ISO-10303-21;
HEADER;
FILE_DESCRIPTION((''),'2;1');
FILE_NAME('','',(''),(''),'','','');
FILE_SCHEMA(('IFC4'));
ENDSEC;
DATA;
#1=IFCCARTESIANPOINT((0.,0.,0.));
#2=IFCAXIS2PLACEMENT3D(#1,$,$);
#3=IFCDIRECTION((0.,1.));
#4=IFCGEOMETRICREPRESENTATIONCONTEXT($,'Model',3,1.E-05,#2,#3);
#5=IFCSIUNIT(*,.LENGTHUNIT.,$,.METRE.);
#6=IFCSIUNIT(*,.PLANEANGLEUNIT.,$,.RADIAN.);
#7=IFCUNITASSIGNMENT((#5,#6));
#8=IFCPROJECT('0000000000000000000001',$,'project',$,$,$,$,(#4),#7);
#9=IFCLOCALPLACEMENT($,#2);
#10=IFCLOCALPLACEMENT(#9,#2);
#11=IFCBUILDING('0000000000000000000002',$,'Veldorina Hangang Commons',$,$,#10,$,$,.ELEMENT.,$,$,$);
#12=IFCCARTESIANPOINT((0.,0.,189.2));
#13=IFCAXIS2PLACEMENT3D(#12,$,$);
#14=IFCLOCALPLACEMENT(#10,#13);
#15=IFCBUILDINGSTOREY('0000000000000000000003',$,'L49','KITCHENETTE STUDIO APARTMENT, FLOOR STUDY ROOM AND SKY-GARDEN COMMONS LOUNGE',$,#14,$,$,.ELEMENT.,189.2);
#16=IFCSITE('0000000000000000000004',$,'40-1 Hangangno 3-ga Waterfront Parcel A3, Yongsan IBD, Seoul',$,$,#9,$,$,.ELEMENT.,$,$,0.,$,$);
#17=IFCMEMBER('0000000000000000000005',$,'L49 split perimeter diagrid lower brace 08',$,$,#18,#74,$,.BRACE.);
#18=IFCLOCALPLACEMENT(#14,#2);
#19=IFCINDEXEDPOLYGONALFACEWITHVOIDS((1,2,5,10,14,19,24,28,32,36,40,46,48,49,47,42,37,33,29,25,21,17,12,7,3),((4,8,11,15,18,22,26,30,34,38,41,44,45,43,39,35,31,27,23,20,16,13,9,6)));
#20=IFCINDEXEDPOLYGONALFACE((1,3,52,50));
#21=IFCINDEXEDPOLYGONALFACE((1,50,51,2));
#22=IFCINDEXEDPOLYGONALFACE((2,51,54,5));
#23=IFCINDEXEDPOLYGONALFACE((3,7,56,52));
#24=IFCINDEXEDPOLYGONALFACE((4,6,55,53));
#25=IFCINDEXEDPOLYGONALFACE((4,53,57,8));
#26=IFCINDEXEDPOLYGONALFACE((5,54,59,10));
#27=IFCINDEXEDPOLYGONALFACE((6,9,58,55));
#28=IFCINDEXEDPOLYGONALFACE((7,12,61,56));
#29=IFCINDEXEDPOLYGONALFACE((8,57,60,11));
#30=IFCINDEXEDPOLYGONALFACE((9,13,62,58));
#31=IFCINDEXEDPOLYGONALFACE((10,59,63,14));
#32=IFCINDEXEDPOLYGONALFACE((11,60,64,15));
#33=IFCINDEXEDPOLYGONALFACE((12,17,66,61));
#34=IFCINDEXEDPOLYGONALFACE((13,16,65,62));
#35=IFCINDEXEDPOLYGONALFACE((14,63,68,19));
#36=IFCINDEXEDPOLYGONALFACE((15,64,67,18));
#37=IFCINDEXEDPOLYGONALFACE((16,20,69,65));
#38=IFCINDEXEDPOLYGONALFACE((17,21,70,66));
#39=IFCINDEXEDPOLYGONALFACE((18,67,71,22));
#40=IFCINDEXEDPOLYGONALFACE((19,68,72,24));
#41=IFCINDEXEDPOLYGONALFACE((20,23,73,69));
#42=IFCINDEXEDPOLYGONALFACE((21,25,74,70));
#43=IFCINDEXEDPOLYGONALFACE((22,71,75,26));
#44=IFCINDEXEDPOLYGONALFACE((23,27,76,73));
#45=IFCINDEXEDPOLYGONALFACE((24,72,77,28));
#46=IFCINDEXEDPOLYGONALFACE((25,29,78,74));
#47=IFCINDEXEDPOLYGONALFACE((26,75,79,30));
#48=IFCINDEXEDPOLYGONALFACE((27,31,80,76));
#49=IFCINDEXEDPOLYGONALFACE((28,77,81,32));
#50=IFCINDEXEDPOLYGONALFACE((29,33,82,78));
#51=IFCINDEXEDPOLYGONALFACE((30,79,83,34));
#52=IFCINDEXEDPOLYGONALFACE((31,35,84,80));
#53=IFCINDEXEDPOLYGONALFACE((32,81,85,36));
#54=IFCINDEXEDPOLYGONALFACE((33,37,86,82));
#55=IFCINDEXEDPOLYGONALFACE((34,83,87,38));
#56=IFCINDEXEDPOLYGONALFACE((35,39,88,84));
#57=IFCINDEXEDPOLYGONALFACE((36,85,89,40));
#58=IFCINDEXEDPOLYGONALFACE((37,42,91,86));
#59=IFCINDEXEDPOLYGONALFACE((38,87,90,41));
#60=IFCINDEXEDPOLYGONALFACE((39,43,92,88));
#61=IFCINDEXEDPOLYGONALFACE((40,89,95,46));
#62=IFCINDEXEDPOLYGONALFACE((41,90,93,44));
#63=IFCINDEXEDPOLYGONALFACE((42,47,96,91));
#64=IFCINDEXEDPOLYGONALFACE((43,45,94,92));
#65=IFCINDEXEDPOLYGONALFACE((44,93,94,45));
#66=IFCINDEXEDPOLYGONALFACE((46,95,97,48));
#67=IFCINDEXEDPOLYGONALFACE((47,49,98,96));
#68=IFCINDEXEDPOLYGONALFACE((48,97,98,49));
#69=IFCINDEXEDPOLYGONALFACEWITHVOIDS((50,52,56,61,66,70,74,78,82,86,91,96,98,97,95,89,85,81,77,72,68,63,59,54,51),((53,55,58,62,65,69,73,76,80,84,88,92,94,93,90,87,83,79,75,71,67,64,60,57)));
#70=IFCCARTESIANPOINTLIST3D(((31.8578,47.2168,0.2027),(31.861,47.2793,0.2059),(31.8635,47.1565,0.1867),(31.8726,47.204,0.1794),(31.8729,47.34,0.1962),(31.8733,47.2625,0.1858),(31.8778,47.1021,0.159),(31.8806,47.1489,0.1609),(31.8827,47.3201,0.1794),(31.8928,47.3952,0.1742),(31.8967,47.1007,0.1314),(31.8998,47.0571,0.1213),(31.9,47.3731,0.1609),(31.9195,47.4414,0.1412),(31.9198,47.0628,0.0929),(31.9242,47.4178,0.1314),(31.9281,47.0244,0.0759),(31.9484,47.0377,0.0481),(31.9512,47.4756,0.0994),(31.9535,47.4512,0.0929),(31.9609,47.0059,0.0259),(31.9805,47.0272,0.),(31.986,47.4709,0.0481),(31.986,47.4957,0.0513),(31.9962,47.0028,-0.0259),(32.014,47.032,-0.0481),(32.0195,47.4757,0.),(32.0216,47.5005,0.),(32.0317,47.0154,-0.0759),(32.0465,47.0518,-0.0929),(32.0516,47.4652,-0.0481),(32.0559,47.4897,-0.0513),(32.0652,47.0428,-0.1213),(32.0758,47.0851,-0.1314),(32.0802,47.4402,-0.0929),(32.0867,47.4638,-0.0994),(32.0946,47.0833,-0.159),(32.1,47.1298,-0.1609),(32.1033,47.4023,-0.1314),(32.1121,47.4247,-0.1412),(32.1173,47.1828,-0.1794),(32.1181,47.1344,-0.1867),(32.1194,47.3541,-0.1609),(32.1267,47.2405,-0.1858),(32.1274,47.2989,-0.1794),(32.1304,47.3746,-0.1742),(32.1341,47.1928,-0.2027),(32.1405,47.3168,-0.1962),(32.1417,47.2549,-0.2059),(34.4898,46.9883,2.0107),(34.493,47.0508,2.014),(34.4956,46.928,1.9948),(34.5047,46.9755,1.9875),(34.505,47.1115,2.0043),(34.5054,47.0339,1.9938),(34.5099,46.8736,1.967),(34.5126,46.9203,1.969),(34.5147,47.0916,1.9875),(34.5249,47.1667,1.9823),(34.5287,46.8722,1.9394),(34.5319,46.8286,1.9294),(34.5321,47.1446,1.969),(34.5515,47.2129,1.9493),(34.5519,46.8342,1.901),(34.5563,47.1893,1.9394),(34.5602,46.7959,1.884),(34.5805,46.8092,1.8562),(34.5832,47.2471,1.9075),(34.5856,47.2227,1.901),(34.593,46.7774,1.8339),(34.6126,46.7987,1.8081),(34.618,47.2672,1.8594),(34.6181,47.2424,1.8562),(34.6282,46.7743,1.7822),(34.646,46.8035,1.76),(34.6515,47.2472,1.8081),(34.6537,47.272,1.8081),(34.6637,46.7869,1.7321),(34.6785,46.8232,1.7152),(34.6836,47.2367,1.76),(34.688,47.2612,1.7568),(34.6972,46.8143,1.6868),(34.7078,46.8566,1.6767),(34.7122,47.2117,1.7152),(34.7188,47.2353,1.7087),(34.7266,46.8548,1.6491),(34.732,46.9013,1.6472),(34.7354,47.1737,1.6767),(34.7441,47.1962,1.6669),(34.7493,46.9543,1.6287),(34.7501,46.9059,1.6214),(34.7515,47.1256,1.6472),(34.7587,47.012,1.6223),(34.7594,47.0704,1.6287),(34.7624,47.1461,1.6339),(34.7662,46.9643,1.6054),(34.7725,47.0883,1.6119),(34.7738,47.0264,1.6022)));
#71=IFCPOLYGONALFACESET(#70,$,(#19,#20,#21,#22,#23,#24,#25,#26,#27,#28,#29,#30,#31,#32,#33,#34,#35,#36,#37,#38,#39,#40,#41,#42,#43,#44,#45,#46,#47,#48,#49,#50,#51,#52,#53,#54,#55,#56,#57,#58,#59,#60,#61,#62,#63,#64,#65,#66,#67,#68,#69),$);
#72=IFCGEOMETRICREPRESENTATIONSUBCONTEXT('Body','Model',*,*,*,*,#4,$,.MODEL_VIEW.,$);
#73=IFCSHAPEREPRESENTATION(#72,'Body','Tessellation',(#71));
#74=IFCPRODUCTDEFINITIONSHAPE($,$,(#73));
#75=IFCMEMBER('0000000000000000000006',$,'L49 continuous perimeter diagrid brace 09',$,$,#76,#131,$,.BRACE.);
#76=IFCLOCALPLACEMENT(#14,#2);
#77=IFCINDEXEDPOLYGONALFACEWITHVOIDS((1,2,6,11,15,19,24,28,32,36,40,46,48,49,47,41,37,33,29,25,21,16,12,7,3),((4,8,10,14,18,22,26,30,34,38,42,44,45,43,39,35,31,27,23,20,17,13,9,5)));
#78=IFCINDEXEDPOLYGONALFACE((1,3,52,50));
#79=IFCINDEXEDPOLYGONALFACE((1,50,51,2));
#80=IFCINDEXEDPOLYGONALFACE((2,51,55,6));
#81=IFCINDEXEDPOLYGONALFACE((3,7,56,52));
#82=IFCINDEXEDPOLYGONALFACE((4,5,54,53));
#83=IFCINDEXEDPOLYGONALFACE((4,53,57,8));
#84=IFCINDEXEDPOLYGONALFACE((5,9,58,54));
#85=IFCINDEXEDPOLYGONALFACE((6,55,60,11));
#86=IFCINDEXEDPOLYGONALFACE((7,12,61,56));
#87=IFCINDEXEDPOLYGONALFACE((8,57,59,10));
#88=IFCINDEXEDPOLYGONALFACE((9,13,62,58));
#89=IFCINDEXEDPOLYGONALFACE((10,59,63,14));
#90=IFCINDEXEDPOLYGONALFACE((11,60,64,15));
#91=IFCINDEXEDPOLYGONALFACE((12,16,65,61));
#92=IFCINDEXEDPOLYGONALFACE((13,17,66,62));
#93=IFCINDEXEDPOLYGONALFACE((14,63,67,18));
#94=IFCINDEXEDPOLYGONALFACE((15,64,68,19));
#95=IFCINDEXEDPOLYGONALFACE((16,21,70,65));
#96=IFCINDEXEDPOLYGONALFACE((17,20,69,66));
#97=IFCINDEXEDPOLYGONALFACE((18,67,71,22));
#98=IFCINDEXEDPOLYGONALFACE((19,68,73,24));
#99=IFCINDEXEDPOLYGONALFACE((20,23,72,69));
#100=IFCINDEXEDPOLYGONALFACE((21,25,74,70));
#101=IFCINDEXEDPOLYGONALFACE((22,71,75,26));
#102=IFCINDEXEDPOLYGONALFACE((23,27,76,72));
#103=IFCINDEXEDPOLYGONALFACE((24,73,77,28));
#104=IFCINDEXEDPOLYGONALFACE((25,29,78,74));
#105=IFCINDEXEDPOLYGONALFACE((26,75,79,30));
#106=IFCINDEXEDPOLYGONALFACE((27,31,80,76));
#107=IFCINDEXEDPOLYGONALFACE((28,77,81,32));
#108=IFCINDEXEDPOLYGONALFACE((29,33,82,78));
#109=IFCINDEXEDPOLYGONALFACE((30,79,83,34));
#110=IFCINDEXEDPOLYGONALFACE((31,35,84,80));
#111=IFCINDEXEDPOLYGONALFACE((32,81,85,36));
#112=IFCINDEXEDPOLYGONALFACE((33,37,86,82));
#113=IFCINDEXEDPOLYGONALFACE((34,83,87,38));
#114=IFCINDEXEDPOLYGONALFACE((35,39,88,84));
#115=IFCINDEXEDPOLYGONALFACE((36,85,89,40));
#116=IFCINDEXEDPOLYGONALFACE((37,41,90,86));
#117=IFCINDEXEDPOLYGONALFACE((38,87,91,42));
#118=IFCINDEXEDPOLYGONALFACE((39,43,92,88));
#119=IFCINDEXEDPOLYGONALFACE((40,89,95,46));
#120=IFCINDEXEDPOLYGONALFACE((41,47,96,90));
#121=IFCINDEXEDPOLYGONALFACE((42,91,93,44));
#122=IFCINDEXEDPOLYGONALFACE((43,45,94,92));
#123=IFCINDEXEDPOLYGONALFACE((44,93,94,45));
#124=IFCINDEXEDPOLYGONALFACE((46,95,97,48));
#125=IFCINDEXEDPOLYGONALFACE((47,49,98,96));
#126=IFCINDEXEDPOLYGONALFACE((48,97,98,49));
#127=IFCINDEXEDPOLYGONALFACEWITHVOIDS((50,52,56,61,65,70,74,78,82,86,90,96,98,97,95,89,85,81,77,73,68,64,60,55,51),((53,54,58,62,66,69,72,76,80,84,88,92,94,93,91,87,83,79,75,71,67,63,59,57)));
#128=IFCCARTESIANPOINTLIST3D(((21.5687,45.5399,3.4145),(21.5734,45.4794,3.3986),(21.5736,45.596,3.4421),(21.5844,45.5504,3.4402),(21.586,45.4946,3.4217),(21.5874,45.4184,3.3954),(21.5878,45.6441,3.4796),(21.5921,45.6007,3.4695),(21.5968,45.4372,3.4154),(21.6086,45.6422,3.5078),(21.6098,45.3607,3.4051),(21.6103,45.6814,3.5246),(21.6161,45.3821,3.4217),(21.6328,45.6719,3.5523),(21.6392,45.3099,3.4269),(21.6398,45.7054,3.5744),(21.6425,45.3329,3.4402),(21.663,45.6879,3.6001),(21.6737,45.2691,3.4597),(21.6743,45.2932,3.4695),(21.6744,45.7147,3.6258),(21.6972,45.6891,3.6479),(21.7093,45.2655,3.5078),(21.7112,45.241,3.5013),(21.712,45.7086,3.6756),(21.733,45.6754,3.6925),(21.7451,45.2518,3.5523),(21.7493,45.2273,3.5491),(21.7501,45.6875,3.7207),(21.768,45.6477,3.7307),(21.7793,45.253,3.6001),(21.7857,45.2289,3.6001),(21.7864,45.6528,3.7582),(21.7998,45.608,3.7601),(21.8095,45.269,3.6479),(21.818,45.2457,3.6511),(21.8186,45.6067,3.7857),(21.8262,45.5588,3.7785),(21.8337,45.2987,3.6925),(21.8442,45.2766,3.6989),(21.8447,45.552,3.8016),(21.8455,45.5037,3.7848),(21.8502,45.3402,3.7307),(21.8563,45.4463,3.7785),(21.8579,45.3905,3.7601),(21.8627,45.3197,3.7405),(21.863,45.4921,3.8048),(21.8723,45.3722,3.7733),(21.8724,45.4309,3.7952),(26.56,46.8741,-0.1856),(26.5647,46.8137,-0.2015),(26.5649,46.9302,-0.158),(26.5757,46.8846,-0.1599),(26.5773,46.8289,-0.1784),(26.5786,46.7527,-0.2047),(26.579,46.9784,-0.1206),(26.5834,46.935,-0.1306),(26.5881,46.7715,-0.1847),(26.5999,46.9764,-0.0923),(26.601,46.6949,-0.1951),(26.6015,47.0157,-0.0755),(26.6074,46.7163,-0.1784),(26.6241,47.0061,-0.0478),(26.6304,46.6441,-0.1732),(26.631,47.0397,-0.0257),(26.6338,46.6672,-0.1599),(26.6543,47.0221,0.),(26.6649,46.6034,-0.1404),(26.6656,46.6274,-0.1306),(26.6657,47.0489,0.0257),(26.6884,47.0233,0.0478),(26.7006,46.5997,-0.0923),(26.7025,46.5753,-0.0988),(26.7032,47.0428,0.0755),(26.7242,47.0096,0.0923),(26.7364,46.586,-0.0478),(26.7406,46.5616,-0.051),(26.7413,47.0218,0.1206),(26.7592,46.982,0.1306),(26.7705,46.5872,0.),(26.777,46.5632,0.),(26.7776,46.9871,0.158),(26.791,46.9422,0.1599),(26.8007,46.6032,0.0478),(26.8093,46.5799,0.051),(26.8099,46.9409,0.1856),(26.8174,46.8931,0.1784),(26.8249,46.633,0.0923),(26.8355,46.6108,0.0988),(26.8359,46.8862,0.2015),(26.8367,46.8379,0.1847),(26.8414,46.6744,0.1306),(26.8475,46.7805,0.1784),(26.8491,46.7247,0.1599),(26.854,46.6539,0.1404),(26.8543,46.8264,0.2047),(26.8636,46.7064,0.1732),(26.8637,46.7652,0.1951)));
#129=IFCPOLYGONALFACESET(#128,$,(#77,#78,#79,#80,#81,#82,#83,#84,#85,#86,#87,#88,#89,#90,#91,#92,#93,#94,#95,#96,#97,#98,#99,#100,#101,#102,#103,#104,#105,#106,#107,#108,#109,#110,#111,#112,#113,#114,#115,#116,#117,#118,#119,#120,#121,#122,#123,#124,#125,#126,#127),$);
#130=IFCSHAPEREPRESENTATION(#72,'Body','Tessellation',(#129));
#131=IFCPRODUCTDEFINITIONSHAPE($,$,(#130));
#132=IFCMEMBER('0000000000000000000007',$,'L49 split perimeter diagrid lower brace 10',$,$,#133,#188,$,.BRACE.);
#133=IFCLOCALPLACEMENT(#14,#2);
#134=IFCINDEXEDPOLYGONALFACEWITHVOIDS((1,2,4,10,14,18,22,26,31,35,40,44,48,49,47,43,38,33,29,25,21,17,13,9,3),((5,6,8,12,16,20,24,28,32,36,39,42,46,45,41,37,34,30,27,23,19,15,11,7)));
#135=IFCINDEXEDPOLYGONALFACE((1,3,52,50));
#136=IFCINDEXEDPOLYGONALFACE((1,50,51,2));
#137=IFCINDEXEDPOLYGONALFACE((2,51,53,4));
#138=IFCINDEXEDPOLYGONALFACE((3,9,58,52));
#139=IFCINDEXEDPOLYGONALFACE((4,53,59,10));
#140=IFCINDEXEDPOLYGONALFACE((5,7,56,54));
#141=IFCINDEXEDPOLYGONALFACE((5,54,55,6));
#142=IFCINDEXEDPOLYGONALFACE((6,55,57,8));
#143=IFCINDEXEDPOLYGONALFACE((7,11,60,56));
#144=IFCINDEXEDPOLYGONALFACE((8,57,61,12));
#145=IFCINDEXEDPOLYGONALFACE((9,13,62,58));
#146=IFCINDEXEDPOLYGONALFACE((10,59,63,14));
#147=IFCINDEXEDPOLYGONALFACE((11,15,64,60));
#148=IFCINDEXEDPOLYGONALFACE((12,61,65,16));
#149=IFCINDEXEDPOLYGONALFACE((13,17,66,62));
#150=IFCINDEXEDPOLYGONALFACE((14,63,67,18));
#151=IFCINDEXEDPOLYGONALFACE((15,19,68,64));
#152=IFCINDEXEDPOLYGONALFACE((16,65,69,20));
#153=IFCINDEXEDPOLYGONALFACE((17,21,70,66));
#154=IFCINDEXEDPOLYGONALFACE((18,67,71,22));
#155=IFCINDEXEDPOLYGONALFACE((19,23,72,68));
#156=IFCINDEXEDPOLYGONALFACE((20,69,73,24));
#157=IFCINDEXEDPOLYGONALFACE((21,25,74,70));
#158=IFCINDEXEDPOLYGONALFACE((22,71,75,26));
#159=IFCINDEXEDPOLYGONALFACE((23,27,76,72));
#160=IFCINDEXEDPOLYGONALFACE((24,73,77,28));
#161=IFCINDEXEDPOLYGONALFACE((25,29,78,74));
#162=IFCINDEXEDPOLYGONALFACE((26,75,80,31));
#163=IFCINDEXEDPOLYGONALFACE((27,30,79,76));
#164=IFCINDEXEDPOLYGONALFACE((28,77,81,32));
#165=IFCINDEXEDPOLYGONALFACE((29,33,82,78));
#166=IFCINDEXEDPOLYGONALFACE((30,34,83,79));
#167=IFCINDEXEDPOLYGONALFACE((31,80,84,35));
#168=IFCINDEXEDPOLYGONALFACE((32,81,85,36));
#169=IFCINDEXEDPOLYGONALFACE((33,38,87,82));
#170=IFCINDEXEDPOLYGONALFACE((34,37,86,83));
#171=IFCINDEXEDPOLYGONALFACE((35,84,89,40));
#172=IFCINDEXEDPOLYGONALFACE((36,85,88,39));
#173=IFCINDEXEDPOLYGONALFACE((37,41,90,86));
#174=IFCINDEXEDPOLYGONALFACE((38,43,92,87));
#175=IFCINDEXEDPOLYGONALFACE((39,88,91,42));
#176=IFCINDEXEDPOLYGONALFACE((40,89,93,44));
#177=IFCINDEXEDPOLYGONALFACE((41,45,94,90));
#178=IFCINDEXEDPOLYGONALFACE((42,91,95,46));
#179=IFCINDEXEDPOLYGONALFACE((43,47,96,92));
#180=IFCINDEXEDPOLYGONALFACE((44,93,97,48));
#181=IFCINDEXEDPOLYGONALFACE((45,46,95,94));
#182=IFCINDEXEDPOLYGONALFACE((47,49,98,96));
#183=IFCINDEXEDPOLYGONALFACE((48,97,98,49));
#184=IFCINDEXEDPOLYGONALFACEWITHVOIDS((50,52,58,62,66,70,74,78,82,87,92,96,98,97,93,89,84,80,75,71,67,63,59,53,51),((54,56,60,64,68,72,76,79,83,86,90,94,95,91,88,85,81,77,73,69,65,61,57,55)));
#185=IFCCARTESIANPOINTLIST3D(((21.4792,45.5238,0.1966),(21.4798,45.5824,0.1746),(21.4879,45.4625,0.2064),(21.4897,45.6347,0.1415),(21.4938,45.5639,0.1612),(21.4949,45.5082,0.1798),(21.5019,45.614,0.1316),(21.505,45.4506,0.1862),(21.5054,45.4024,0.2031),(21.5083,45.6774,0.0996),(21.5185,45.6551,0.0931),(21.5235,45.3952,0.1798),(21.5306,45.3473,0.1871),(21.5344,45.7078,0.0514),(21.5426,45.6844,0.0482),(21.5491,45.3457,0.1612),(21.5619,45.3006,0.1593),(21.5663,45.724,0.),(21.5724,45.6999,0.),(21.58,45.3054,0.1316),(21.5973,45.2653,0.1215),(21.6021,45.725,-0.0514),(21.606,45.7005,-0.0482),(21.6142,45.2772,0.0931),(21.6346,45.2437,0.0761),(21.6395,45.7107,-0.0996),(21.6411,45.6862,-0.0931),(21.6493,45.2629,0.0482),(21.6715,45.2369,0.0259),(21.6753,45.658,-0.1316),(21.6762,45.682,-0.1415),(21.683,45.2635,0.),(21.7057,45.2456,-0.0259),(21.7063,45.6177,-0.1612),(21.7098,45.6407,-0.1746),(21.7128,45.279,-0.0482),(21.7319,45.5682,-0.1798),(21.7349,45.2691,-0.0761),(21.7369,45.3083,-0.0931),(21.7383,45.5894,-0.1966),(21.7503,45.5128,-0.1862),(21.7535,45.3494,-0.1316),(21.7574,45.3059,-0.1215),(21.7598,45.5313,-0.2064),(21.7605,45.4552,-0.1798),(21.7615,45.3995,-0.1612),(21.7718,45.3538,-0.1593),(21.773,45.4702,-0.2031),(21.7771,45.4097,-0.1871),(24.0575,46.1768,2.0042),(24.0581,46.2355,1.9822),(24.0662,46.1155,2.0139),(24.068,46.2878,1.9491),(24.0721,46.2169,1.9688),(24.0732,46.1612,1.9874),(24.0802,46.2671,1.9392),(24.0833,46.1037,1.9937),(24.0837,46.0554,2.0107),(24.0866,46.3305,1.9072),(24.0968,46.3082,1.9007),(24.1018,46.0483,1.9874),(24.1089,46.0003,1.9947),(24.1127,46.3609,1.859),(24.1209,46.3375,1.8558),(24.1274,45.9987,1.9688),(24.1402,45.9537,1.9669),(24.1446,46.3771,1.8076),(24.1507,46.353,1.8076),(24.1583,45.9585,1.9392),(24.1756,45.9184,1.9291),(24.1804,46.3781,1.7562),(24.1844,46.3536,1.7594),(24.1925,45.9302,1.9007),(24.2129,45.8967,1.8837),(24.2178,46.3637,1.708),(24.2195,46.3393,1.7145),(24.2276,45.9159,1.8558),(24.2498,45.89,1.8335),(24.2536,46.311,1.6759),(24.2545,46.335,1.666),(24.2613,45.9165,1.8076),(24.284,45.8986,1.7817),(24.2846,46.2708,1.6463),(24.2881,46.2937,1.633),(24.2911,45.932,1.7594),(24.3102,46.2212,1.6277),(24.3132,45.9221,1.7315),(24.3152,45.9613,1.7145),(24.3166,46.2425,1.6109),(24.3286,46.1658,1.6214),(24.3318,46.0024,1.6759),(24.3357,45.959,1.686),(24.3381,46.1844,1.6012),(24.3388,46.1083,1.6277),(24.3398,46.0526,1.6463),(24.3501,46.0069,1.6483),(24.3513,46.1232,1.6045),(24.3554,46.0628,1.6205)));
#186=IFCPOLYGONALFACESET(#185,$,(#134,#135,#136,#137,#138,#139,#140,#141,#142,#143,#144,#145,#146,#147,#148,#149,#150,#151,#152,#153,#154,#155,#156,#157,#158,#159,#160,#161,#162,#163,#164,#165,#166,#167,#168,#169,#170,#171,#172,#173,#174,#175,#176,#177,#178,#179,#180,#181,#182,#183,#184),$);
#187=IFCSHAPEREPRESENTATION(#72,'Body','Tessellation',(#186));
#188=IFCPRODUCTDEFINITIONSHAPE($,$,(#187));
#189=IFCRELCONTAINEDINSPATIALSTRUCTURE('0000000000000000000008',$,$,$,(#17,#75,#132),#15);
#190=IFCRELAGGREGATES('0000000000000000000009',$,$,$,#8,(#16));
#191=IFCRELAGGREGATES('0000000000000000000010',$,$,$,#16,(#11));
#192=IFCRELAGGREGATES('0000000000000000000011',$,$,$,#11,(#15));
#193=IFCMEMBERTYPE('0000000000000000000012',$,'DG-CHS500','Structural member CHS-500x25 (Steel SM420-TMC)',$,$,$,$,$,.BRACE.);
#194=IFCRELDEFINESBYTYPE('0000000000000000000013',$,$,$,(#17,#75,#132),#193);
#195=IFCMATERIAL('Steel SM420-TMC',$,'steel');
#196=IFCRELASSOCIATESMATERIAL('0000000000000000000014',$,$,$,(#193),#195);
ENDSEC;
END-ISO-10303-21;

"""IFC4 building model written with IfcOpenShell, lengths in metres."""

from ifc_helpers import new_model, si_unit, direction, frame, origin, origin_2d, place, context, subcontext, project, spatial, hollow_circle, extrude, material, material_profile, profile_set, type_object, element, save


model = new_model("IFC4")

# Units and contexts
model_context = context("Model", 3, precision=1e-05, world=origin(), true_north=direction((0.0, 1.0)))
body_context = subcontext(model_context, "Body", "Model", "MODEL_VIEW")
ifc_project = project(units=[si_unit("LENGTHUNIT", "METRE"), si_unit("PLANEANGLEUNIT", "RADIAN")], contexts=[model_context])

# Site, building, storey
site_placement = place(None, origin())
site = spatial("IfcSite", under=ifc_project, at=site_placement, Name="40-1 Hangangno 3-ga Waterfront Parcel A3, Yongsan IBD, Seoul", CompositionType="ELEMENT", RefElevation=0.0)
building_placement = place(site_placement, origin())
building = spatial("IfcBuilding", under=site, at=building_placement, Name="Veldorina Hangang Commons", CompositionType="ELEMENT")
storey_placement = place(building_placement, frame((0.0, 0.0, 189.2)))
storey = spatial("IfcBuildingStorey", under=building, at=storey_placement, Name="L49", Description="KITCHENETTE STUDIO APARTMENT, FLOOR STUDY ROOM AND SKY-GARDEN COMMONS LOUNGE", CompositionType="ELEMENT", Elevation=189.2)

# Shared definitions
ifc_material_1 = material(Name="Steel SM420-TMC", Category="steel")

# Members
ifc_material_profile_1 = material_profile(ifc_material_1, hollow_circle(Radius=0.25, WallThickness=0.0249, at=origin_2d()), Name="CHS-500x25")
ifc_profile_set_1 = profile_set([ifc_material_profile_1], Name="Steel SM420-TMC")
member_type = type_object("IfcMemberType", Name="DG-CHS500", Description="Structural member CHS-500x25 (Steel SM420-TMC)", PredefinedType="BRACE", material=ifc_profile_set_1)
member_1_placement = place(storey_placement, frame((32.0, 47.2515, 0.0), z_axis=(0.822151, -0.071379, 0.564776), x_axis=(0.086494, 0.996252, 0.0)))
element("IfcMember", 1, at=member_1_placement, inside=storey, type_object=member_type, Name="L49 split perimeter diagrid lower brace 08", PredefinedType="BRACE", context=body_context, shape_type="SweptSolid", body=[
    extrude(hollow_circle(Radius=0.25, WallThickness=0.0249, at=origin_2d()), origin(), (0.0, 0.0, 1.0), 3.2014),
])
member_2_placement = place(storey_placement, frame((26.7124, 46.8047, 0.0), z_axis=(-0.792625, -0.211881, 0.57171), x_axis=(0.258248, -0.966079, 0.0)))
element("IfcMember", 2, at=member_2_placement, inside=storey, type_object=member_type, Name="L49 continuous perimeter diagrid brace 09", PredefinedType="BRACE", context=body_context, shape_type="SweptSolid", body=[
    extrude(hollow_circle(Radius=0.25, WallThickness=0.0249, at=origin_2d()), origin(), (0.0, 0.0, 1.0), 6.2971),
])
member_3_placement = place(storey_placement, frame((21.6277, 45.4817, 0.0), z_axis=(0.801758, 0.203078, 0.562089), x_axis=(-0.245537, 0.969387, 0.0)))
element("IfcMember", 3, at=member_3_placement, inside=storey, type_object=member_type, Name="L49 split perimeter diagrid lower brace 10", PredefinedType="BRACE", context=body_context, shape_type="SweptSolid", body=[
    extrude(hollow_circle(Radius=0.25, WallThickness=0.0249, at=origin_2d()), origin(), (0.0, 0.0, 1.0), 3.2158),
])

save(model, "model.ifc")
